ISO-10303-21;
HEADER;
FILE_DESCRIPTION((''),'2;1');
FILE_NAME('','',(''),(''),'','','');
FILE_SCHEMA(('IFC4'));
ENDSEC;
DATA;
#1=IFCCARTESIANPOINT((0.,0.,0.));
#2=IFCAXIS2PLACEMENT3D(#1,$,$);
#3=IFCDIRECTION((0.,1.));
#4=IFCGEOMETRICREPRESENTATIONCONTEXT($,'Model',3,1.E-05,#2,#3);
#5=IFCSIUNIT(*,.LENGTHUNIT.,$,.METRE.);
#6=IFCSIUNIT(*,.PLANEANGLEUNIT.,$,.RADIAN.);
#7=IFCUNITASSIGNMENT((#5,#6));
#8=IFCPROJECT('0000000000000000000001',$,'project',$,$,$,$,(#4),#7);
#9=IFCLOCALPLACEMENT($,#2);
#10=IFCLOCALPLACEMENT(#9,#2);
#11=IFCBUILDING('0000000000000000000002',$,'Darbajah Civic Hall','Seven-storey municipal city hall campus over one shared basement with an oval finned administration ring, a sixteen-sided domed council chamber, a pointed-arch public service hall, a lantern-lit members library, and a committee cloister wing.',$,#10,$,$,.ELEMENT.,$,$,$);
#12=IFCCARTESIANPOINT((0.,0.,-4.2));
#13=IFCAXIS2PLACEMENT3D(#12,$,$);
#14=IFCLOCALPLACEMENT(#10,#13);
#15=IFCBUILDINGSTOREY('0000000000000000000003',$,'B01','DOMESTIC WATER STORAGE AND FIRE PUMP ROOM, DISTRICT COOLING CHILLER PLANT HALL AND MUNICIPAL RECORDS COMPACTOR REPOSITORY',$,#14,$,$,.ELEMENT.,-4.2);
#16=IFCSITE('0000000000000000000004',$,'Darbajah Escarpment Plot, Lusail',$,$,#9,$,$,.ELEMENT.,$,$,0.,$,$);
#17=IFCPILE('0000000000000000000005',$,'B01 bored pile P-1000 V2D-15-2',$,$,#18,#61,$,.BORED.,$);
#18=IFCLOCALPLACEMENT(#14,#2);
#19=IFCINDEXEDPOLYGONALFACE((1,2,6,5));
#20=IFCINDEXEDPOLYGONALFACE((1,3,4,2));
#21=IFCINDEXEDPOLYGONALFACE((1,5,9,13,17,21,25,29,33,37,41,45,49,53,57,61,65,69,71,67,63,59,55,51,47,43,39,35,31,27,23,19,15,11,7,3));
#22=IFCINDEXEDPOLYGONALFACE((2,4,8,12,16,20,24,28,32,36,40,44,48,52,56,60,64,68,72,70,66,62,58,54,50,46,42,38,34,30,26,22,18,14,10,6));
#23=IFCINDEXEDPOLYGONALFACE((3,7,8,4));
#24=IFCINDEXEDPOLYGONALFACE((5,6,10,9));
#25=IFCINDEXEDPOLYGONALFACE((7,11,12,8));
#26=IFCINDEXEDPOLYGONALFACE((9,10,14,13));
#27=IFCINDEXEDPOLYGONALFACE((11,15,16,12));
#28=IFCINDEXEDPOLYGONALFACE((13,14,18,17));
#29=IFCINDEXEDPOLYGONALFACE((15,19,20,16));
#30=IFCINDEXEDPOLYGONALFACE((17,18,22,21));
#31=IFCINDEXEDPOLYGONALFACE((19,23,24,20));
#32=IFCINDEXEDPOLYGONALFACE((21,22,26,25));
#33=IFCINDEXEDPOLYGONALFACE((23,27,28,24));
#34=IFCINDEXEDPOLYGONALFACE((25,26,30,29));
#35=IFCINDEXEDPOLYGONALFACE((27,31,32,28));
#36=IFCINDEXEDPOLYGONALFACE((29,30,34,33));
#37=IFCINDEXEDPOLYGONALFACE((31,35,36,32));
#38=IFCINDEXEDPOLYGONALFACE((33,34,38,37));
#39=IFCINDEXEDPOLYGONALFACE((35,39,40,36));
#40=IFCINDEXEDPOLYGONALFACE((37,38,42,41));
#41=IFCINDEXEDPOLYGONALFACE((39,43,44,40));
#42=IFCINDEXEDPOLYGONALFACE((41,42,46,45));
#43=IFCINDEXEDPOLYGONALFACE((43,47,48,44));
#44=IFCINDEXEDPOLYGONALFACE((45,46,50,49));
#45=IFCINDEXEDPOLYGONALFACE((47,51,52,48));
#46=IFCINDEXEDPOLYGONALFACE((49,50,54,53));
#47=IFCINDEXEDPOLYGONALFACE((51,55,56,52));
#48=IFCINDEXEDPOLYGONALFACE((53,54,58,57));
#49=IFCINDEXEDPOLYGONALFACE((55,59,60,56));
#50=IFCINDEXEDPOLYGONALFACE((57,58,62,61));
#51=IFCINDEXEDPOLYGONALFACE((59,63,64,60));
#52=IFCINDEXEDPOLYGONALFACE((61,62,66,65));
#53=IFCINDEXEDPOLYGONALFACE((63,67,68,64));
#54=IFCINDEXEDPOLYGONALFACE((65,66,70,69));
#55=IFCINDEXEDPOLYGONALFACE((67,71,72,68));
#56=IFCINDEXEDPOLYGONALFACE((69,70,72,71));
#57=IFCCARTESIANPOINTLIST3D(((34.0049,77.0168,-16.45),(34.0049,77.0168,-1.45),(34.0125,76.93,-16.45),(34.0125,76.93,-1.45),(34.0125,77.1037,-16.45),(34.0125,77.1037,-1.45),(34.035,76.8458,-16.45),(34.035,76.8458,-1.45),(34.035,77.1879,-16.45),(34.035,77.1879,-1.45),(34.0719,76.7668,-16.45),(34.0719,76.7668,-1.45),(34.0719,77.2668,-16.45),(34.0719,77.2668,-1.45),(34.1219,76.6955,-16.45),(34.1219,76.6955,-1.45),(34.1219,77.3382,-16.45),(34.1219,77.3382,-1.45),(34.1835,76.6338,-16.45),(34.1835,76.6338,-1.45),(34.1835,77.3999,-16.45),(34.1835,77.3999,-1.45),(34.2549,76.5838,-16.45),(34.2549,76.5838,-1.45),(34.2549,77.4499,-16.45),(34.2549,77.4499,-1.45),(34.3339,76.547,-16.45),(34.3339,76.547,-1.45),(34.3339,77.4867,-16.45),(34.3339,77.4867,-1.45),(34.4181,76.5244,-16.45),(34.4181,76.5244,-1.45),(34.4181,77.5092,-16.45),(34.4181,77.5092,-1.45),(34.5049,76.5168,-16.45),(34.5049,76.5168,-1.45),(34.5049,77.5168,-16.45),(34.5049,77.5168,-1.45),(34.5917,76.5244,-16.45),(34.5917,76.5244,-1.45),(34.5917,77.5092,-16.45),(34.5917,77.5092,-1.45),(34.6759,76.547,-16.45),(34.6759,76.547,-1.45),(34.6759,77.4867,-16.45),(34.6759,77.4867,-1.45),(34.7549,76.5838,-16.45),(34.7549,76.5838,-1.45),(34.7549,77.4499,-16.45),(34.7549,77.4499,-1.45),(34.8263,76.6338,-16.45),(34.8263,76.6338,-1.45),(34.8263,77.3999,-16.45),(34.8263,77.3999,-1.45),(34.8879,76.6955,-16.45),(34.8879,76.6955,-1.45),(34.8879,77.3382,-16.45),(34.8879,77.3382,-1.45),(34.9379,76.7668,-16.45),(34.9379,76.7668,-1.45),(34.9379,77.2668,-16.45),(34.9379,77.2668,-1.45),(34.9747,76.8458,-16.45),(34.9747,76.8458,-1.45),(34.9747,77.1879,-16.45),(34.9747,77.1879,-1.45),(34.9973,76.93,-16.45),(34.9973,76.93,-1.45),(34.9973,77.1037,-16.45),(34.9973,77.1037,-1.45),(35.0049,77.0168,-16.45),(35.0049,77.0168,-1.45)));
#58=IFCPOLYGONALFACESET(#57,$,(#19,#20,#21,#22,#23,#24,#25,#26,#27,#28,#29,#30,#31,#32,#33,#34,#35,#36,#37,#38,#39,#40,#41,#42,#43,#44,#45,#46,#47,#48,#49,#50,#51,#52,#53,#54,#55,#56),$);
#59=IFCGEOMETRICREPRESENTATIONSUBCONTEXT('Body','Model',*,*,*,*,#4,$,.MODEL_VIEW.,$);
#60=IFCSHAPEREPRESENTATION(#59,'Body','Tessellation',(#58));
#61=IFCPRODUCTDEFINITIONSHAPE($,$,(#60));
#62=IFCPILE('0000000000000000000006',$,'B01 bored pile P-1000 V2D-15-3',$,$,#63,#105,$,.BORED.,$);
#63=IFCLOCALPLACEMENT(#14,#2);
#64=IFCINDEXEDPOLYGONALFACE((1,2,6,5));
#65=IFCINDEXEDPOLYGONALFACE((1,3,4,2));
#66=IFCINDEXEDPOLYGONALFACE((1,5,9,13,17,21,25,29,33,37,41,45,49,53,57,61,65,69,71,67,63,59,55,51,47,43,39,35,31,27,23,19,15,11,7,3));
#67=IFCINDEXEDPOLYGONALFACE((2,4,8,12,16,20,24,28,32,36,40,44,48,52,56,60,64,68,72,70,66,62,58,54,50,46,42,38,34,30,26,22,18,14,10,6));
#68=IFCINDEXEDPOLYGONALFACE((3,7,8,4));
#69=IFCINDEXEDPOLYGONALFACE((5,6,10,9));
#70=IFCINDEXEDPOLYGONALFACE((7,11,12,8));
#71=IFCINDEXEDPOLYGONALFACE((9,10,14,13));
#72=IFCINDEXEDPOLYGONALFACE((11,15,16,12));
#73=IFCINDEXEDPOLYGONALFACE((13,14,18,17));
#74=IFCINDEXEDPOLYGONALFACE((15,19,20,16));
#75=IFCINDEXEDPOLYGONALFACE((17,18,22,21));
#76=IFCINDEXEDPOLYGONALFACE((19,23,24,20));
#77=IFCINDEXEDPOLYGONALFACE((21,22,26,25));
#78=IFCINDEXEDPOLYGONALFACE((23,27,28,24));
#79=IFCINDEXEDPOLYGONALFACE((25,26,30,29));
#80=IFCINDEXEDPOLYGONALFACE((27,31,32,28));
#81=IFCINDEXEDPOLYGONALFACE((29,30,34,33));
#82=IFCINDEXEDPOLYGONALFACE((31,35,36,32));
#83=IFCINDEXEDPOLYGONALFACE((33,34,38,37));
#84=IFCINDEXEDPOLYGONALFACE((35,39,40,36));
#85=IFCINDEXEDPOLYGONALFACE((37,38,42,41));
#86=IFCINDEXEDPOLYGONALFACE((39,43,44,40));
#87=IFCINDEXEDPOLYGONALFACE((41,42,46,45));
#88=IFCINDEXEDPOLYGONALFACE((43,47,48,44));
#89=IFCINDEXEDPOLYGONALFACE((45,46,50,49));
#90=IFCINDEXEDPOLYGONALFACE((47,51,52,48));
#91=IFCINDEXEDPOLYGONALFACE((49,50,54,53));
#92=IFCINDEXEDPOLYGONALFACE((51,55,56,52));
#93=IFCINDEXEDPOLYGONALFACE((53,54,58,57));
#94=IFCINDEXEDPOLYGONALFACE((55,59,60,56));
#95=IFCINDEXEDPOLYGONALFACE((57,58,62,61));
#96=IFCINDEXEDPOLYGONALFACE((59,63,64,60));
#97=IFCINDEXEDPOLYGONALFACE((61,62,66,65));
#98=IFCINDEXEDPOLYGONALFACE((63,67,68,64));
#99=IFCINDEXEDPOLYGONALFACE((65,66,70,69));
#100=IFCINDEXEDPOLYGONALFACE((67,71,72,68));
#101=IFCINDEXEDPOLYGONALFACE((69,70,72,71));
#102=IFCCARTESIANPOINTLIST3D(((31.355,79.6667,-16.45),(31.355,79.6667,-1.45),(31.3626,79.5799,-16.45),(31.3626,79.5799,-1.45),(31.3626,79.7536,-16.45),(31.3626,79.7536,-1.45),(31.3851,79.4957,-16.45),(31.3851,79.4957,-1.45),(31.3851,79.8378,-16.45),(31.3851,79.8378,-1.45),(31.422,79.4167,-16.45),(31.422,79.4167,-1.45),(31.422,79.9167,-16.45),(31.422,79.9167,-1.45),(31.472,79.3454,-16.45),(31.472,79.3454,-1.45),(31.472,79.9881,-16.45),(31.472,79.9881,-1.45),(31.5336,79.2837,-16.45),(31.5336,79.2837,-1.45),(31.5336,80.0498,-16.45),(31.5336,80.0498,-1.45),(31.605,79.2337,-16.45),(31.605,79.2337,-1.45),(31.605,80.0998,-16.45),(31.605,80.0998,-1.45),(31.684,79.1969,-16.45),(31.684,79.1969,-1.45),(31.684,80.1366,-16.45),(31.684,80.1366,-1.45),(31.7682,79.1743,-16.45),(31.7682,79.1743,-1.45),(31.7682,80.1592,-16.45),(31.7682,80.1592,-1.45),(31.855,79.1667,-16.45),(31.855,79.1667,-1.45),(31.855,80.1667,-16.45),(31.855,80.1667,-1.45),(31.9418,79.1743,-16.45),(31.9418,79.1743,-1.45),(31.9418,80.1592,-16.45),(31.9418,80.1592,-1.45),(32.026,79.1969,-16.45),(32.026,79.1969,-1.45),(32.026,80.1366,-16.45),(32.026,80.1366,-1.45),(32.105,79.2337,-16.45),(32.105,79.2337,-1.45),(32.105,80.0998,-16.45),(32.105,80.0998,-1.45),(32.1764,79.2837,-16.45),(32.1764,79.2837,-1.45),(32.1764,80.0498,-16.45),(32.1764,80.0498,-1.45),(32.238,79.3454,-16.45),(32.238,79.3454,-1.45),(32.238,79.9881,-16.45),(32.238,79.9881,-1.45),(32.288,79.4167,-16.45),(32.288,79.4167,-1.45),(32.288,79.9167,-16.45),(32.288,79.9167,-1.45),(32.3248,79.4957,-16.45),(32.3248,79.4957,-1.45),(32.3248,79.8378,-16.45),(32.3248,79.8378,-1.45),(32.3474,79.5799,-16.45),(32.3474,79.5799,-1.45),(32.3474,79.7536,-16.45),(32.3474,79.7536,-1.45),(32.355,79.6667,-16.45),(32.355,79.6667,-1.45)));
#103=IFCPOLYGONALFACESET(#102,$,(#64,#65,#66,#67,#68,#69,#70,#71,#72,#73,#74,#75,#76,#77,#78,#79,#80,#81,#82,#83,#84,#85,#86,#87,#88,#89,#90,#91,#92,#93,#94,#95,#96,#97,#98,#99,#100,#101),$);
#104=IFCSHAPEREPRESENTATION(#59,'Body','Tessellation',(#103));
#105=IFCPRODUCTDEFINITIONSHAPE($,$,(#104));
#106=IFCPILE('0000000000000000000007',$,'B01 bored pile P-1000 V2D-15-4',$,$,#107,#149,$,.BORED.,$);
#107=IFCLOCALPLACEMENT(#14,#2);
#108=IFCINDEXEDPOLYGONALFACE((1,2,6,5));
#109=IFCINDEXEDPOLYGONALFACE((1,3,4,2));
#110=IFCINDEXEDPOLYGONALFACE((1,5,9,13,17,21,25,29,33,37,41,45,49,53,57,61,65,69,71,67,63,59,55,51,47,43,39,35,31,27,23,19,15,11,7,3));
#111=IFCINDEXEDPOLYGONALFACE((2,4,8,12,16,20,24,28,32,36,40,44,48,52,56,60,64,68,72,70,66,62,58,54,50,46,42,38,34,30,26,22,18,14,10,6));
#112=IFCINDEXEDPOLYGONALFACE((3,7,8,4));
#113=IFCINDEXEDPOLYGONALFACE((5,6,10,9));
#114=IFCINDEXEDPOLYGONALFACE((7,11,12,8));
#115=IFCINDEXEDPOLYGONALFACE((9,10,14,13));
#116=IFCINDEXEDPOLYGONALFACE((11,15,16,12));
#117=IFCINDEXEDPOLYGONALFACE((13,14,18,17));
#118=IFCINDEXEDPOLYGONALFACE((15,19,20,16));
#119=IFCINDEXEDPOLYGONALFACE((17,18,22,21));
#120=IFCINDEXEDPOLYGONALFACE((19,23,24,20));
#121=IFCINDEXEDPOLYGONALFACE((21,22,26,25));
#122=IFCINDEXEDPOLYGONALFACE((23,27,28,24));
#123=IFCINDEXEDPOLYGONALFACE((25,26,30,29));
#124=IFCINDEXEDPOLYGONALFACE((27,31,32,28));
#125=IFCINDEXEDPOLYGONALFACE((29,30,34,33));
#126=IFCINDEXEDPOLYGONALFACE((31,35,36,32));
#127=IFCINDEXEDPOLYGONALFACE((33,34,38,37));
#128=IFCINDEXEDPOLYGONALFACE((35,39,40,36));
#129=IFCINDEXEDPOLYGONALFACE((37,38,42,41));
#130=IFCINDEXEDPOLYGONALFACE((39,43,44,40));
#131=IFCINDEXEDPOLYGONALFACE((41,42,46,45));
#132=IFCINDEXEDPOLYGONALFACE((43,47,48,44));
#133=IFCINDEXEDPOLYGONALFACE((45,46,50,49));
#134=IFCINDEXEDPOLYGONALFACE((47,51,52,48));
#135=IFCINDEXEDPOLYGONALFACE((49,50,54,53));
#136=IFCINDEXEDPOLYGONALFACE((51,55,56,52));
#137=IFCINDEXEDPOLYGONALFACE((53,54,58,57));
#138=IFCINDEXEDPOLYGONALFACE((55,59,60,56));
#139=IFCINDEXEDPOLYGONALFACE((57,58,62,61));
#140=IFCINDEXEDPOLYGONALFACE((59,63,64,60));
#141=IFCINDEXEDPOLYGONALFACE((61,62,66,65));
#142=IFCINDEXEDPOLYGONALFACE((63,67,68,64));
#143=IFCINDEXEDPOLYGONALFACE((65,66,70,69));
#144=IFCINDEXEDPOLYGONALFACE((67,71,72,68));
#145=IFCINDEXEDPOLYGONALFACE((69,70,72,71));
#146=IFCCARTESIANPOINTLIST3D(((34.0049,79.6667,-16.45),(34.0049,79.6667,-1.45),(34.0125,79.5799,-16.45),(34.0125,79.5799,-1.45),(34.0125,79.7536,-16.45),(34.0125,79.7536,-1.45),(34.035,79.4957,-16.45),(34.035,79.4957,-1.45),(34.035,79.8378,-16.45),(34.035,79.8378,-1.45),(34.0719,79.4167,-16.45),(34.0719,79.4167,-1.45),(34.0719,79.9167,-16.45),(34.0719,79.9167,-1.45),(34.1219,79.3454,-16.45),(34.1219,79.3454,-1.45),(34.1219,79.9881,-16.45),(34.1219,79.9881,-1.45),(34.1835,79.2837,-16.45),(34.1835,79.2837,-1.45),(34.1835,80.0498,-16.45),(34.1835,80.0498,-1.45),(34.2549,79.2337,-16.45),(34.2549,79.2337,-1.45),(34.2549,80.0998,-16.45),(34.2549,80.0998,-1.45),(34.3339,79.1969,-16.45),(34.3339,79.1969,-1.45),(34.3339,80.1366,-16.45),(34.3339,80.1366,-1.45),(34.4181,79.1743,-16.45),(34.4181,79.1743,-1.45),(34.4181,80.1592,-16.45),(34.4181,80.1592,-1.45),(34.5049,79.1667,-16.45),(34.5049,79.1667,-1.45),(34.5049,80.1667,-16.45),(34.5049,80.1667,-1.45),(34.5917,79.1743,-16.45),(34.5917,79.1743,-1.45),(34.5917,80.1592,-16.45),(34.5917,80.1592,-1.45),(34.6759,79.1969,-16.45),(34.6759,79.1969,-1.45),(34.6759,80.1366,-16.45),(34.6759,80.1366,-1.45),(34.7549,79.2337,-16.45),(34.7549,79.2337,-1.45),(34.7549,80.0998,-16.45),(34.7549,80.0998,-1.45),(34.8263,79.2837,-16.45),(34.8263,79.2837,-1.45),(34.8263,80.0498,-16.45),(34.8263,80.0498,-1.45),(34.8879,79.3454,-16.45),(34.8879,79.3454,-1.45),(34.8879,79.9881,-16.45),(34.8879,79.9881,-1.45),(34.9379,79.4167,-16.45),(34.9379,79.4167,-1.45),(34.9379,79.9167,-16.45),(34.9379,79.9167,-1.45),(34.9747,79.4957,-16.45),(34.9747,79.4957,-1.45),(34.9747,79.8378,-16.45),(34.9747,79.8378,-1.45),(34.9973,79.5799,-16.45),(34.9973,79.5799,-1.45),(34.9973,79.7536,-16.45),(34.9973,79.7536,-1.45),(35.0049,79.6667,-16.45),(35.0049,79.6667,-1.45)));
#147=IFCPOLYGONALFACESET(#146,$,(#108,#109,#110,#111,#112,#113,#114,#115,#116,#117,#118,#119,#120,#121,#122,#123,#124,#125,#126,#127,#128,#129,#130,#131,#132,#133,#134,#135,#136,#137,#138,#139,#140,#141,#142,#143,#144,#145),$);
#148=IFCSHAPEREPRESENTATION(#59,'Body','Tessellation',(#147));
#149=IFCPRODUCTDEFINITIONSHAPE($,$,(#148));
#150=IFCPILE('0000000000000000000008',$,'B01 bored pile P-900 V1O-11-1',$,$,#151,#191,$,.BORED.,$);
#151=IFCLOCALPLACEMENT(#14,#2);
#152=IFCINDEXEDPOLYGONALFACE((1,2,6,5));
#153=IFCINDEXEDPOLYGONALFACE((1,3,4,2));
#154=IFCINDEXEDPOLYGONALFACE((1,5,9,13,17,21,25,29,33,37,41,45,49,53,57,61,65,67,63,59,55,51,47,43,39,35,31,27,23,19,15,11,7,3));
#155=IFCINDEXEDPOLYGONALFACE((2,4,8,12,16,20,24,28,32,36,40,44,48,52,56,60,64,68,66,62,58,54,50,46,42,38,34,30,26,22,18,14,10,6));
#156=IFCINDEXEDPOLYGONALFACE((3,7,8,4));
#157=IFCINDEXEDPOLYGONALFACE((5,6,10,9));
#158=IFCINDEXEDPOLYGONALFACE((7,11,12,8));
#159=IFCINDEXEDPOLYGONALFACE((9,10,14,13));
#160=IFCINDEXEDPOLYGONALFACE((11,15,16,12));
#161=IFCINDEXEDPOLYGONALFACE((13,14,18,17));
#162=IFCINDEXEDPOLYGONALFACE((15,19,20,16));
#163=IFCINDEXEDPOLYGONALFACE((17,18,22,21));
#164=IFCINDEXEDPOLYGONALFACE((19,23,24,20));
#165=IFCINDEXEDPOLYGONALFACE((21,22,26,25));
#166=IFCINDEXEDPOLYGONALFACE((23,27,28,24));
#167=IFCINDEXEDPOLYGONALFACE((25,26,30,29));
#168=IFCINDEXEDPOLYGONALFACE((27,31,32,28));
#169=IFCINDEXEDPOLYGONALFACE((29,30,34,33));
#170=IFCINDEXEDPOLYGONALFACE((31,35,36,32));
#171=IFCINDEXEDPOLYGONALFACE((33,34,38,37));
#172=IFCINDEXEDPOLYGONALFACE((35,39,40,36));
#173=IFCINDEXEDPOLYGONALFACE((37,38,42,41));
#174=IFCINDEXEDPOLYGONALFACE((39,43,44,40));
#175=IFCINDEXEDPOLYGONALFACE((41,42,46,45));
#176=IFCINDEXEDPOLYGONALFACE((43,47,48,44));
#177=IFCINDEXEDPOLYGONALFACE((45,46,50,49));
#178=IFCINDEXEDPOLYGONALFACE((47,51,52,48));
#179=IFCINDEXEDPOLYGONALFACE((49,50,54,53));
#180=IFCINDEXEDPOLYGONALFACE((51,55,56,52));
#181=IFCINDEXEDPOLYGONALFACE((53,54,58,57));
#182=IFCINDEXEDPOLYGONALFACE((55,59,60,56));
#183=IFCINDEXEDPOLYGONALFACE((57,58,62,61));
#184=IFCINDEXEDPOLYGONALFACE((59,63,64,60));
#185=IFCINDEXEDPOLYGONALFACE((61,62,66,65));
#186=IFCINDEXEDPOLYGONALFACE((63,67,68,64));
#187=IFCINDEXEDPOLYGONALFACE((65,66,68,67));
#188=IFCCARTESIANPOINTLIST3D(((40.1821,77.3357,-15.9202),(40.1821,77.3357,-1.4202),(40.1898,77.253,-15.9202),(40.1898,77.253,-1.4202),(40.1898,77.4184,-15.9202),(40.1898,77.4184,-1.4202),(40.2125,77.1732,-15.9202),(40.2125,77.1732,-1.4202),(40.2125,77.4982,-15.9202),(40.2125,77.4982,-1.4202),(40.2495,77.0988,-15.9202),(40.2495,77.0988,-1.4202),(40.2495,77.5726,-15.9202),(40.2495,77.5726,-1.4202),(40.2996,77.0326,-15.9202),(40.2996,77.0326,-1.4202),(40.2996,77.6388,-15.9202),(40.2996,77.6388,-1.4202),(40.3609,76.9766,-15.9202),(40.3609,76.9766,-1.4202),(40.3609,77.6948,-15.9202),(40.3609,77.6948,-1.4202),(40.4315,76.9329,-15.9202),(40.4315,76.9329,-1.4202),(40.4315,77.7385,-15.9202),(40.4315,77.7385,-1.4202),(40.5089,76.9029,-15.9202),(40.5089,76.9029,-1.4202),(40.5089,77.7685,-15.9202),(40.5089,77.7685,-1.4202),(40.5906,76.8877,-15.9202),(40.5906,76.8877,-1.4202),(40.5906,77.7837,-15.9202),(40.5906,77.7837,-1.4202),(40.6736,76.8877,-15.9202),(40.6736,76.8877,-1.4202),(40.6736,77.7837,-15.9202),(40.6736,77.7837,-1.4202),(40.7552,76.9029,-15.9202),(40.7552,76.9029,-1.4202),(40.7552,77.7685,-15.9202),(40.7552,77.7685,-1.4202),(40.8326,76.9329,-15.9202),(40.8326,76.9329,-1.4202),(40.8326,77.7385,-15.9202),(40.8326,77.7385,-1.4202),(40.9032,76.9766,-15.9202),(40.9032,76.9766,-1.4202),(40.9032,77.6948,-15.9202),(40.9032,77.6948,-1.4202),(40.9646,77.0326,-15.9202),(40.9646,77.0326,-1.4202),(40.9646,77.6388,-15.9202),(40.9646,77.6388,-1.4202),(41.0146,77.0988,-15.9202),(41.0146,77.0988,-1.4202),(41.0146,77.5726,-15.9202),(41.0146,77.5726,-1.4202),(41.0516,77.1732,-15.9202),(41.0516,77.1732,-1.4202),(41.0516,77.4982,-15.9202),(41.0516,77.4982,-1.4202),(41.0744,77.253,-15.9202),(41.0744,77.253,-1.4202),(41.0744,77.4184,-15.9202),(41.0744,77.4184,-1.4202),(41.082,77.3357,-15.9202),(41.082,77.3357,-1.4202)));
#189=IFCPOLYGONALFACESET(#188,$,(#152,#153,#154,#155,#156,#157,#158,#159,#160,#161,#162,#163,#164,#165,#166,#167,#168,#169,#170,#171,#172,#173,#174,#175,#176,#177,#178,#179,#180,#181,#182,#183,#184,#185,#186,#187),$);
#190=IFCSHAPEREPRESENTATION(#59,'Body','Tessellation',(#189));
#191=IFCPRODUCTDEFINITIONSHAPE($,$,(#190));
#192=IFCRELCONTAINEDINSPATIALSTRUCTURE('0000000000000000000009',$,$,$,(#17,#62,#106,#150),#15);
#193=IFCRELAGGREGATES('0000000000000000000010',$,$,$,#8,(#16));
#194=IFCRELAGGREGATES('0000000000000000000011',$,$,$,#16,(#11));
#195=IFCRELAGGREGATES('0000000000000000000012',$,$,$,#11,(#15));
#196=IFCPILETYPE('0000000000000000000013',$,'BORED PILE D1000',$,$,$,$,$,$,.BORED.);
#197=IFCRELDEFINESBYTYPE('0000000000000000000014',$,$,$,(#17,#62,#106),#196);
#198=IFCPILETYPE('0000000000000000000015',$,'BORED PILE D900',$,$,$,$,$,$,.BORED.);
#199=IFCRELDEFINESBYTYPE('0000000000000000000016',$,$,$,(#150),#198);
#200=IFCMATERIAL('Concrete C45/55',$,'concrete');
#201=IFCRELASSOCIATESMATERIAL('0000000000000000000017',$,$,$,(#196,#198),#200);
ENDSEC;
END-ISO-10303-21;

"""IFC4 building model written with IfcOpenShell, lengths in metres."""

from ifc_helpers import new_model, si_unit, direction, frame, origin, origin_2d, place, context, subcontext, project, spatial, circle, extrude, material, material_profile, profile_set, type_object, element, save


model = new_model("IFC4")

# Units and contexts
model_context = context("Model", 3, precision=1e-05, world=origin(), true_north=direction((0.0, 1.0)))
body_context = subcontext(model_context, "Body", "Model", "MODEL_VIEW")
ifc_project = project(units=[si_unit("LENGTHUNIT", "METRE"), si_unit("PLANEANGLEUNIT", "RADIAN")], contexts=[model_context])

# Site, building, storey
site_placement = place(None, origin())
site = spatial("IfcSite", under=ifc_project, at=site_placement, Name="Darbajah Escarpment Plot, Lusail", CompositionType="ELEMENT", RefElevation=0.0)
building_placement = place(site_placement, origin())
building = spatial("IfcBuilding", under=site, at=building_placement, Name="Darbajah Civic Hall", Description="Seven-storey municipal city hall campus over one shared basement with an oval finned administration ring, a sixteen-sided domed council chamber, a pointed-arch public service hall, a lantern-lit members library, and a committee cloister wing.", CompositionType="ELEMENT")
storey_placement = place(building_placement, frame((0.0, 0.0, -4.2)))
storey = spatial("IfcBuildingStorey", under=building, at=storey_placement, Name="B01", Description="DOMESTIC WATER STORAGE AND FIRE PUMP ROOM, DISTRICT COOLING CHILLER PLANT HALL AND MUNICIPAL RECORDS COMPACTOR REPOSITORY", CompositionType="ELEMENT", Elevation=-4.2)

# Piles
ifc_material_1 = material(Name="Concrete C45/55", Category="concrete")
ifc_material_profile_1 = material_profile(ifc_material_1, circle(Radius=0.5, at=origin_2d()), Name="BORED PILE D1000")
ifc_profile_set_1 = profile_set([ifc_material_profile_1], Name="Concrete C45/55")
pile_type_1 = type_object("IfcPileType", Name="BORED PILE D1000", PredefinedType="BORED", material=ifc_profile_set_1)
for number, where, z_axis, x_axis, name in (
    (1, (34.5049, 77.0168, -1.45), (0.0, 0.0, -1.0), (1.0, 0.0, 0.0), "B01 bored pile P-1000 V2D-15-2"),
    (2, (31.855, 79.6667, -1.45), (0.0, 0.0, -1.0), (1.0, 0.0, 0.0), "B01 bored pile P-1000 V2D-15-3"),
    (3, (34.5049, 79.6667, -1.45), (0.0, 0.0, -1.0), (1.0, 0.0, 0.0), "B01 bored pile P-1000 V2D-15-4"),
):
    element("IfcPile", number, at=place(storey_placement, frame(where, z_axis=z_axis, x_axis=x_axis)), inside=storey, type_object=pile_type_1, Name=name, PredefinedType="BORED", context=body_context, shape_type="SweptSolid", body=[
        extrude(circle(Radius=0.5, at=origin_2d()), origin(), (0.0, 0.0, 1.0), 15.0),
    ])
ifc_material_profile_2 = material_profile(ifc_material_1, circle(Radius=0.45, at=origin_2d()), Name="BORED PILE D900")
ifc_profile_set_2 = profile_set([ifc_material_profile_2], Name="Concrete C45/55")
pile_type_2 = type_object("IfcPileType", Name="BORED PILE D900", PredefinedType="BORED", material=ifc_profile_set_2)
for number, where, z_axis, x_axis, name in (
    (4, (40.6321, 77.3357, -1.4202), (0.0, 0.0, -1.0), (1.0, 0.0, 0.0), "B01 bored pile P-900 V1O-11-1"),
):
    element("IfcPile", number, at=place(storey_placement, frame(where, z_axis=z_axis, x_axis=x_axis)), inside=storey, type_object=pile_type_2, Name=name, PredefinedType="BORED", context=body_context, shape_type="SweptSolid", body=[
        extrude(circle(Radius=0.45, at=origin_2d()), origin(), (0.0, 0.0, 1.0), 14.5),
    ])

save(model, "model.ifc")
